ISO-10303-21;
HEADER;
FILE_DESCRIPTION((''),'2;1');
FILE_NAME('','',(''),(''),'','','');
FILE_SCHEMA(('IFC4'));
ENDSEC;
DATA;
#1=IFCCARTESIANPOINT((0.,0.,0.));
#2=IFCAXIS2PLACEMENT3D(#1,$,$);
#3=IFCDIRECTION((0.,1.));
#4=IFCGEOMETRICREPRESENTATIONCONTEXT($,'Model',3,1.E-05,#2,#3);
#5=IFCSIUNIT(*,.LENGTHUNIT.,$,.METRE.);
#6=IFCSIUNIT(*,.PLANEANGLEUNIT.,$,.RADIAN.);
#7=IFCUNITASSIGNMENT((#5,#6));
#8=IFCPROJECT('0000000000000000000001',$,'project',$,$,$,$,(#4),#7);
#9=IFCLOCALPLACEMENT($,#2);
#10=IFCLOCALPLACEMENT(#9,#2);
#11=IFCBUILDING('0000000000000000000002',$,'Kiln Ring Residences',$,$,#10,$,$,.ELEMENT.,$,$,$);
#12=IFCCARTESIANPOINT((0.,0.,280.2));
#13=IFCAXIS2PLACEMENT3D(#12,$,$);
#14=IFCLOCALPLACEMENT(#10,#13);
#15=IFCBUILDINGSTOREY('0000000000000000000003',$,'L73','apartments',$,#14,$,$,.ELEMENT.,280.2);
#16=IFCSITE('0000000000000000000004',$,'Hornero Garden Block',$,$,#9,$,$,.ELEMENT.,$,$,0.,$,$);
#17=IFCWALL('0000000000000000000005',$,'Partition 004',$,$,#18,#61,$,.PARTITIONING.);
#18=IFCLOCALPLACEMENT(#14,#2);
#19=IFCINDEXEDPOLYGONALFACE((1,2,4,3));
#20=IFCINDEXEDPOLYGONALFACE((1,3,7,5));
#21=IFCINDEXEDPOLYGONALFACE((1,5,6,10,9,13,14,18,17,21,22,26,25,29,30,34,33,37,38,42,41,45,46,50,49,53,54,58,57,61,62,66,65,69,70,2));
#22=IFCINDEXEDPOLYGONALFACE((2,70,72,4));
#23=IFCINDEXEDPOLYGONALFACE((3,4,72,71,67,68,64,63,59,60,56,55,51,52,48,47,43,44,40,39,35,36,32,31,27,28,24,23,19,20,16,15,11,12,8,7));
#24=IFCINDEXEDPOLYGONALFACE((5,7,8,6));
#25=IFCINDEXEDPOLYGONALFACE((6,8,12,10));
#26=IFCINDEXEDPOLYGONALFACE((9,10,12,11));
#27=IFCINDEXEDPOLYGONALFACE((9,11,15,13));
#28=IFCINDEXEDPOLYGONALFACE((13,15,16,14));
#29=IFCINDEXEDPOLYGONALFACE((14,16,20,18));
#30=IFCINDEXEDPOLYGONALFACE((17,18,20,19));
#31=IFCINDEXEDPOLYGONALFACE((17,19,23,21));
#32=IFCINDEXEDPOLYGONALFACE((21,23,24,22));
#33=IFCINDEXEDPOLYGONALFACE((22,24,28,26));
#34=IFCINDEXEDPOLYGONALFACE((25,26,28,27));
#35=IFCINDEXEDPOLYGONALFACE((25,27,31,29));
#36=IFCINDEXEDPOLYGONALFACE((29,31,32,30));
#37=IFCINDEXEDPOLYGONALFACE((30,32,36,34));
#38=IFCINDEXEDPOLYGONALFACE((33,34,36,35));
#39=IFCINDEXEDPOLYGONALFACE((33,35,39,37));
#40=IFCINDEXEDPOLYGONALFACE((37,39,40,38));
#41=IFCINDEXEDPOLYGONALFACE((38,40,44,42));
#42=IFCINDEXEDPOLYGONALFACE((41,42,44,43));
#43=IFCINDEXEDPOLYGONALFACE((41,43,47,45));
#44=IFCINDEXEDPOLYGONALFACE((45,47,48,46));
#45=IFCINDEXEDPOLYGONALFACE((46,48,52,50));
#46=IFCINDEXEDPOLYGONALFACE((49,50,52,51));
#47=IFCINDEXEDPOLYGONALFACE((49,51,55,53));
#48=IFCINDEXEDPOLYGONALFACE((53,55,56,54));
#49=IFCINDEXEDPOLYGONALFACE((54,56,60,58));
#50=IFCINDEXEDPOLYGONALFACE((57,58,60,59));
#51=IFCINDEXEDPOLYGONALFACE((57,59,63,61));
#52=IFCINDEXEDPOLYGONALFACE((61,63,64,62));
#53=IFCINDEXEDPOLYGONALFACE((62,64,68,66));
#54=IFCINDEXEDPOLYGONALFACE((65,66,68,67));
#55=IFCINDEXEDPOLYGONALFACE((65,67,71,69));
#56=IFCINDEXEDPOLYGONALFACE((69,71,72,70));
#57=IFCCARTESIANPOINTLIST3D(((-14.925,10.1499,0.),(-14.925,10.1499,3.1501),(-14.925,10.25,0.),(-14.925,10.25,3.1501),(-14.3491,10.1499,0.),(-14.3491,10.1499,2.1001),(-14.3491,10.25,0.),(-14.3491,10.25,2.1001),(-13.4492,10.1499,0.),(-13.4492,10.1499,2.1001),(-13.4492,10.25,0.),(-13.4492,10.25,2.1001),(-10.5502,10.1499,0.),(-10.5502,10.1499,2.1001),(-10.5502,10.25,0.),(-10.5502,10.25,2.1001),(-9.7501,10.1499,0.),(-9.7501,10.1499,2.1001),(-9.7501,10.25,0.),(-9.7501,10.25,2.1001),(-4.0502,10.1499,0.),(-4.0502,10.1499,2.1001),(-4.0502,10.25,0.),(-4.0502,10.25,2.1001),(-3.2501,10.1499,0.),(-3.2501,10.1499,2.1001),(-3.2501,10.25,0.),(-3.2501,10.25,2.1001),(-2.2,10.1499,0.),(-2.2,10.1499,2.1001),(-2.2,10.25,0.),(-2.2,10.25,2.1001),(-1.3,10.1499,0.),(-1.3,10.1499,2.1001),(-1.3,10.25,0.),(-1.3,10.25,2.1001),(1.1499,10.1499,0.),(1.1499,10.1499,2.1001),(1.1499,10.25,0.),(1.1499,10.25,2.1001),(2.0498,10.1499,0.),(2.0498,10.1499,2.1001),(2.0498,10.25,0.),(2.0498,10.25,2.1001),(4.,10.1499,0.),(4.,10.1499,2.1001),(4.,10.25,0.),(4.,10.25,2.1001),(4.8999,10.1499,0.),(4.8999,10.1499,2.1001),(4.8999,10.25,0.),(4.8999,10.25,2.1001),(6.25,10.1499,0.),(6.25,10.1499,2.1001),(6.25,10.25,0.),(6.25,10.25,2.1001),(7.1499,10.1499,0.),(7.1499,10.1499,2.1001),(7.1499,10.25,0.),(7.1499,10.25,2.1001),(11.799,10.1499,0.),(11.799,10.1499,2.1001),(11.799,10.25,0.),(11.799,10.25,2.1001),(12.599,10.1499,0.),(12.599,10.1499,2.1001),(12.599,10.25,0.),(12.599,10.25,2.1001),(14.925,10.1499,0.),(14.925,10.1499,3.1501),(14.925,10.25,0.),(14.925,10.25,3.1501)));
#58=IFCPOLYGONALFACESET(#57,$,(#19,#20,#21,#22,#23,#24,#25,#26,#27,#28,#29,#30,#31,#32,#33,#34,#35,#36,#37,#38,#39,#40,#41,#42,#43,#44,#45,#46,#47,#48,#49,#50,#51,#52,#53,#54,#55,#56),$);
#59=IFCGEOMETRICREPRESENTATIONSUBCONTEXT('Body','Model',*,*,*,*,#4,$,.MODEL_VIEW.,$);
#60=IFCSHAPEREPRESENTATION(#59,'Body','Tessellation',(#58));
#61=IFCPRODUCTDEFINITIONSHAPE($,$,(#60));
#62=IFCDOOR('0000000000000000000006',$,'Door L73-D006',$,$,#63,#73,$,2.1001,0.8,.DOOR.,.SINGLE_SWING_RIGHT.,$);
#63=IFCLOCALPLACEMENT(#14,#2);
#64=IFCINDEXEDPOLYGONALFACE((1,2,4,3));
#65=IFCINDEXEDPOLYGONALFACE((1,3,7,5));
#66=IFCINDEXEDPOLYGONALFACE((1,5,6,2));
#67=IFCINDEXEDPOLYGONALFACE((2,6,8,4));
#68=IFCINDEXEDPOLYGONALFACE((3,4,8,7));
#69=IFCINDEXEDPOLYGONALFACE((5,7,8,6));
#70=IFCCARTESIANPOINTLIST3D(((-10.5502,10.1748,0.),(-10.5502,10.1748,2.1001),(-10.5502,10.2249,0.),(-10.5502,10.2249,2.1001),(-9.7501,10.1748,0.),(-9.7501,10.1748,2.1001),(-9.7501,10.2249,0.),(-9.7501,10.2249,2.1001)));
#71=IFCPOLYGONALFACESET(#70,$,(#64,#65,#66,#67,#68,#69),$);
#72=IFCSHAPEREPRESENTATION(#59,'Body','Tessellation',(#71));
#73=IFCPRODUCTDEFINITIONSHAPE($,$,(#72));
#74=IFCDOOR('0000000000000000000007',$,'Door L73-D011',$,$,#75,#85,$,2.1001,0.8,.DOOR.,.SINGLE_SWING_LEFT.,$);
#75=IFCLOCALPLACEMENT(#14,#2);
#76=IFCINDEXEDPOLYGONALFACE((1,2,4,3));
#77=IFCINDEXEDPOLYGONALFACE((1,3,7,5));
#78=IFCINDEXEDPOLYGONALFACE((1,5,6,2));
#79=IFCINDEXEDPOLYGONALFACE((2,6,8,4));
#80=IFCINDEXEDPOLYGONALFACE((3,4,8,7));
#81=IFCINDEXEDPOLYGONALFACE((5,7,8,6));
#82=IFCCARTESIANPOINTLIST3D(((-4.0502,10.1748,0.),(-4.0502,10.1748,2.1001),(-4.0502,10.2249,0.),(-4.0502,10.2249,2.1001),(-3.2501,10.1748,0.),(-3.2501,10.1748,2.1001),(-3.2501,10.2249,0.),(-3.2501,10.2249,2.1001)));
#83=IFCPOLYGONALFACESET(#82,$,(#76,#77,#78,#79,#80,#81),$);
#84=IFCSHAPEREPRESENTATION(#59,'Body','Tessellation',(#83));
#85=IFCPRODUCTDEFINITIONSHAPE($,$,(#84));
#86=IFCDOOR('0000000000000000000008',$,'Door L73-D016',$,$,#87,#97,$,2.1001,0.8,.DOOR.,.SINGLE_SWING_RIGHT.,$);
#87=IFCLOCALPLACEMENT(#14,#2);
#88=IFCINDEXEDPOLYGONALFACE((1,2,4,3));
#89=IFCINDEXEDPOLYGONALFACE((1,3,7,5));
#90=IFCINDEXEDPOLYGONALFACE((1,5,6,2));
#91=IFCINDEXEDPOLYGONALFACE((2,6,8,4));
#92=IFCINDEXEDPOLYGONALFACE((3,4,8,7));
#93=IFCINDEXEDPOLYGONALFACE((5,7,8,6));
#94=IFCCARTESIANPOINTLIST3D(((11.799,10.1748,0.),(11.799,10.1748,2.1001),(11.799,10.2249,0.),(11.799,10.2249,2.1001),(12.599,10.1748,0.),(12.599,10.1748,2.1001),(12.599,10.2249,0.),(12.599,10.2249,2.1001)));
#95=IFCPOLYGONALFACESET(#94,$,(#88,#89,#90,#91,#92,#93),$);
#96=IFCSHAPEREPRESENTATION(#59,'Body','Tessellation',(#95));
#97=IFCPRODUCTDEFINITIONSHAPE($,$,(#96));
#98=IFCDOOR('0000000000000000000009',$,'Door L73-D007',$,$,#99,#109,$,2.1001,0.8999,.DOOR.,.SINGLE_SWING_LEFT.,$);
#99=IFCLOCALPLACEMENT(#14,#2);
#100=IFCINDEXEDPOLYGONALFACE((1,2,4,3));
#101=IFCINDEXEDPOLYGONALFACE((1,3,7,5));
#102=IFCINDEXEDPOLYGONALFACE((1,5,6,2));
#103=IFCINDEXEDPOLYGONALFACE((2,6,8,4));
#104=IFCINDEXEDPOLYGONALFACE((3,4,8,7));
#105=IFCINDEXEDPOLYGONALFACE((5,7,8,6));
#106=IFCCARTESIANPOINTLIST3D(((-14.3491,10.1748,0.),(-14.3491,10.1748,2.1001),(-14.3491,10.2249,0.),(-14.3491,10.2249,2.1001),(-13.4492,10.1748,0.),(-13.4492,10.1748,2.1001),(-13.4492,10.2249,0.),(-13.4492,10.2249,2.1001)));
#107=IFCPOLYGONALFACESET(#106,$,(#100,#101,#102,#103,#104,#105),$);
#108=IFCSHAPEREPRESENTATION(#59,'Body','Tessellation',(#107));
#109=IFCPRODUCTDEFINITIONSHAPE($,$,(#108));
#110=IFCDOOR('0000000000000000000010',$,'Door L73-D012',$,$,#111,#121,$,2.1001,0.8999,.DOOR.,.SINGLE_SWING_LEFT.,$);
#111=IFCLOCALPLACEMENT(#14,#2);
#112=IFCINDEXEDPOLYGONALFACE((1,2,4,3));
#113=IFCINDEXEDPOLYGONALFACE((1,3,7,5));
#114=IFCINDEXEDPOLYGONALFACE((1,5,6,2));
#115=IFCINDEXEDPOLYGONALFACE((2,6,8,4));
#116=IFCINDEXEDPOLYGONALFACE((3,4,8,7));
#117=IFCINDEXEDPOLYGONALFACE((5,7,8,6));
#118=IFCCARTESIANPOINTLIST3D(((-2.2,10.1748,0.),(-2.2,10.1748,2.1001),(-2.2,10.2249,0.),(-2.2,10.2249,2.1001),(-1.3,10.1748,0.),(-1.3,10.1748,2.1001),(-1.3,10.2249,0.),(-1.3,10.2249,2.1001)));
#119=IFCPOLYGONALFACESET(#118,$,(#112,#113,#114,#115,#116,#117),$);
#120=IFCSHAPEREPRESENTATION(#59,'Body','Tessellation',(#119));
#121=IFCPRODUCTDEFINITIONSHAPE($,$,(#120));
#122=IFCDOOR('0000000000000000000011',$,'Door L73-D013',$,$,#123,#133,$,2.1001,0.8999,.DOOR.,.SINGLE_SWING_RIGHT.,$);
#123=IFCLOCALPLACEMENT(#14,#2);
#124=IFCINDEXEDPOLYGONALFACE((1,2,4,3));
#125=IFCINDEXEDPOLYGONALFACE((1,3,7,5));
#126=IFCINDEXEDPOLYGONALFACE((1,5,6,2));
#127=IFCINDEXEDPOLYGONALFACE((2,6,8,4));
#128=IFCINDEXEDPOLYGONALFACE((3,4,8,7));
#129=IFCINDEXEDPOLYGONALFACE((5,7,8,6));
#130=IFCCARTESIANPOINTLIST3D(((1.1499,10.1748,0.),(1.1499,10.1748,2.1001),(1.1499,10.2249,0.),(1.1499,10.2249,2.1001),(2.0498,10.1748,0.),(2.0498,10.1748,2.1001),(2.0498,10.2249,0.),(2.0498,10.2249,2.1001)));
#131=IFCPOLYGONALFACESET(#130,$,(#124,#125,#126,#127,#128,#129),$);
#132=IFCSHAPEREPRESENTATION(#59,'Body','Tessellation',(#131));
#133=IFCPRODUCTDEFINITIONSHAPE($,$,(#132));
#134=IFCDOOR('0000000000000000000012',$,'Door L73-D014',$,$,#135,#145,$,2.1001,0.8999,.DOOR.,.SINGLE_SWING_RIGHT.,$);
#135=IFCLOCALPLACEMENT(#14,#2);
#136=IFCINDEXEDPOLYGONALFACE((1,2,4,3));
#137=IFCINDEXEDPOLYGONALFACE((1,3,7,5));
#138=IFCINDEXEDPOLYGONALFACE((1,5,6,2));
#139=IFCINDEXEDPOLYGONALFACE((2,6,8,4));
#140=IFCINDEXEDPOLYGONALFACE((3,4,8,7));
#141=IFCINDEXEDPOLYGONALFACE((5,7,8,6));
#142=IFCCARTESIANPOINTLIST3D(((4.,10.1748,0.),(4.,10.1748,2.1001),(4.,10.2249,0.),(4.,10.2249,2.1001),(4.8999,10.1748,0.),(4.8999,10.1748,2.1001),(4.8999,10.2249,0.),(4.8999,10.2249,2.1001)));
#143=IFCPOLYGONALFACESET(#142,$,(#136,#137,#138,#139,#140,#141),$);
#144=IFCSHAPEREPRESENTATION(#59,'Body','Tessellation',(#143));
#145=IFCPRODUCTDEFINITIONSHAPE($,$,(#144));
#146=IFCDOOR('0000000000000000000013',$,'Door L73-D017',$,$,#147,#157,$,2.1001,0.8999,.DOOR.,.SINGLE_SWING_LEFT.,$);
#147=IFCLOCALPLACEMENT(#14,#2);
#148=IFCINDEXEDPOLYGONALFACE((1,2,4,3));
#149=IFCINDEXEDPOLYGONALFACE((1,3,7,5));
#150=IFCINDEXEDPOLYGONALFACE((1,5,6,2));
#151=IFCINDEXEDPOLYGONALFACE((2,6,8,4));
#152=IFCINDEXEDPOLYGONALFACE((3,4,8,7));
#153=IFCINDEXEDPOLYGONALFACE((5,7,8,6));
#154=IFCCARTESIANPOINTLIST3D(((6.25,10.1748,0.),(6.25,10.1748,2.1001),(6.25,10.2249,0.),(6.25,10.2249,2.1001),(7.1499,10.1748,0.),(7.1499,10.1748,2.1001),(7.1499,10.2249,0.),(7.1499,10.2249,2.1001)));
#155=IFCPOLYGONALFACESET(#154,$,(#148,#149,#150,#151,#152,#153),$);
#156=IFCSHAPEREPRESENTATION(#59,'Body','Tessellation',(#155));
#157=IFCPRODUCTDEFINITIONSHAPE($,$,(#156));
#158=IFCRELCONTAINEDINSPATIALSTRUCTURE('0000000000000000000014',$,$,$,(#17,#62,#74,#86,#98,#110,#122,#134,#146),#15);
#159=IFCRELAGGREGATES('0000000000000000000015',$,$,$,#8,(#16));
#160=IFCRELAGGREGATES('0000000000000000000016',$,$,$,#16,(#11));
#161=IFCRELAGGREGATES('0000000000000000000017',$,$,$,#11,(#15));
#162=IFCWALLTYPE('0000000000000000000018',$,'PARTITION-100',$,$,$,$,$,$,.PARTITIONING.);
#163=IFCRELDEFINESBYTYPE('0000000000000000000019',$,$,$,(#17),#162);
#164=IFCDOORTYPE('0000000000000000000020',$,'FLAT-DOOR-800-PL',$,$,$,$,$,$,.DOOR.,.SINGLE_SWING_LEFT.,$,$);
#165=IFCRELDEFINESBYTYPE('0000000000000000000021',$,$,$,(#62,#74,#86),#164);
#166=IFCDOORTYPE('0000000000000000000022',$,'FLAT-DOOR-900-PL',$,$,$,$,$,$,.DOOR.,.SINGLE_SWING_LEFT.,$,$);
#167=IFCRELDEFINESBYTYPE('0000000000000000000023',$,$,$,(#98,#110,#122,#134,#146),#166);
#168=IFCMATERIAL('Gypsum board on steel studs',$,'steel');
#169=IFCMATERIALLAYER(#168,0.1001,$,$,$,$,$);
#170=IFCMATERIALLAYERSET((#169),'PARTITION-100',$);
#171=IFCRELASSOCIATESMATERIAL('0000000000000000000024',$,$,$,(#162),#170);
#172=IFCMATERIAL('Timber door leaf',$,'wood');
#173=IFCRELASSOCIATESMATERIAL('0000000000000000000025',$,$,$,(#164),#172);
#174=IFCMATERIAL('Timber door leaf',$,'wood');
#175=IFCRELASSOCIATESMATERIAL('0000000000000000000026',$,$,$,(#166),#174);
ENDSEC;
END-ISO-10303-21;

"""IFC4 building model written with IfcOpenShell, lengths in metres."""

from ifc_helpers import new_model, si_unit, direction, frame, frame_2d, origin, place, context, subcontext, project, spatial, rectangle, extrude, material, layer, layer_set, type_object, element, fill, save


model = new_model("IFC4")

# Units and contexts
model_context = context("Model", 3, precision=1e-05, world=origin(), true_north=direction((0.0, 1.0)))
body_context = subcontext(model_context, "Body", "Model", "MODEL_VIEW")
ifc_project = project(units=[si_unit("LENGTHUNIT", "METRE"), si_unit("PLANEANGLEUNIT", "RADIAN")], contexts=[model_context])

# Site, building, storey
site_placement = place(None, origin())
site = spatial("IfcSite", under=ifc_project, at=site_placement, Name="Hornero Garden Block", CompositionType="ELEMENT", RefElevation=0.0)
building_placement = place(site_placement, origin())
building = spatial("IfcBuilding", under=site, at=building_placement, Name="Kiln Ring Residences", CompositionType="ELEMENT")
storey_placement = place(building_placement, frame((0.0, 0.0, 280.2)))
storey = spatial("IfcBuildingStorey", under=building, at=storey_placement, Name="L73", Description="apartments", CompositionType="ELEMENT", Elevation=280.2)

# Wall, openings, doors
ifc_material_1 = material(Name="Gypsum board on steel studs", Category="steel")
ifc_layer_1 = layer(ifc_material_1, 0.1001)
ifc_layer_set_1 = layer_set([ifc_layer_1], Name="PARTITION-100")
wall_type_1 = type_object("IfcWallType", Name="PARTITION-100", PredefinedType="PARTITIONING", material=ifc_layer_set_1)
wall_1_placement = place(storey_placement, frame((-14.925, 10.2, 0.0), z_axis=(0.0, 0.0, 1.0), x_axis=(1.0, 0.0, 0.0)))
wall_1 = element("IfcWall", 1, at=wall_1_placement, inside=storey, type_object=wall_type_1, Name="Partition 004", PredefinedType="PARTITIONING", context=body_context, shape_type="SweptSolid", body=[
    extrude(rectangle(XDim=29.8501, YDim=0.1001, at=frame_2d((14.925, 0.0))), origin(), (0.0, 0.0, 1.0), 3.1501),
])
opening_1_placement = place(wall_1_placement, frame((4.375, 0.0, 0.0)))
opening_1 = element("IfcOpeningElement", 2, at=opening_1_placement, cuts=wall_1, PredefinedType="OPENING", context=body_context, shape_type="SweptSolid", body=[
    extrude(rectangle(XDim=0.8, YDim=2.1001, at=frame_2d((0.3999, 1.05))), frame((0.0, 0.0601, 0.0), z_axis=(0.0, -1.0, 0.0), x_axis=(1.0, 0.0, 0.0)), (0.0, 0.0, 1.0), 0.1201),
])
opening_2_placement = place(wall_1_placement, frame((0.5759, 0.0, 0.0)))
opening_2 = element("IfcOpeningElement", 3, at=opening_2_placement, cuts=wall_1, PredefinedType="OPENING", context=body_context, shape_type="SweptSolid", body=[
    extrude(rectangle(XDim=0.8999, YDim=2.1001, at=frame_2d((0.45, 1.05))), frame((0.0, 0.0601, 0.0), z_axis=(0.0, -1.0, 0.0), x_axis=(1.0, 0.0, 0.0)), (0.0, 0.0, 1.0), 0.1201),
])
opening_3_placement = place(wall_1_placement, frame((10.875, 0.0, 0.0)))
opening_3 = element("IfcOpeningElement", 4, at=opening_3_placement, cuts=wall_1, PredefinedType="OPENING", context=body_context, shape_type="SweptSolid", body=[
    extrude(rectangle(XDim=0.8, YDim=2.1001, at=frame_2d((0.3999, 1.05))), frame((0.0, 0.0601, 0.0), z_axis=(0.0, -1.0, 0.0), x_axis=(1.0, 0.0, 0.0)), (0.0, 0.0, 1.0), 0.1201),
])
opening_4_placement = place(wall_1_placement, frame((12.7251, 0.0, 0.0)))
opening_4 = element("IfcOpeningElement", 5, at=opening_4_placement, cuts=wall_1, PredefinedType="OPENING", context=body_context, shape_type="SweptSolid", body=[
    extrude(rectangle(XDim=0.8999, YDim=2.1001, at=frame_2d((0.45, 1.05))), frame((0.0, 0.0601, 0.0), z_axis=(0.0, -1.0, 0.0), x_axis=(1.0, 0.0, 0.0)), (0.0, 0.0, 1.0), 0.1201),
])
opening_5_placement = place(wall_1_placement, frame((16.075, 0.0, 0.0)))
opening_5 = element("IfcOpeningElement", 6, at=opening_5_placement, cuts=wall_1, PredefinedType="OPENING", context=body_context, shape_type="SweptSolid", body=[
    extrude(rectangle(XDim=0.8999, YDim=2.1001, at=frame_2d((0.45, 1.05))), frame((0.0, 0.0601, 0.0), z_axis=(0.0, -1.0, 0.0), x_axis=(1.0, 0.0, 0.0)), (0.0, 0.0, 1.0), 0.1201),
])
opening_6_placement = place(wall_1_placement, frame((18.925, 0.0, 0.0)))
opening_6 = element("IfcOpeningElement", 7, at=opening_6_placement, cuts=wall_1, PredefinedType="OPENING", context=body_context, shape_type="SweptSolid", body=[
    extrude(rectangle(XDim=0.8999, YDim=2.1001, at=frame_2d((0.45, 1.05))), frame((0.0, 0.0601, 0.0), z_axis=(0.0, -1.0, 0.0), x_axis=(1.0, 0.0, 0.0)), (0.0, 0.0, 1.0), 0.1201),
])
opening_7_placement = place(wall_1_placement, frame((26.7241, 0.0, 0.0)))
opening_7 = element("IfcOpeningElement", 8, at=opening_7_placement, cuts=wall_1, PredefinedType="OPENING", context=body_context, shape_type="SweptSolid", body=[
    extrude(rectangle(XDim=0.8, YDim=2.1001, at=frame_2d((0.3999, 1.05))), frame((0.0, 0.0601, 0.0), z_axis=(0.0, -1.0, 0.0), x_axis=(1.0, 0.0, 0.0)), (0.0, 0.0, 1.0), 0.1201),
])
opening_8_placement = place(wall_1_placement, frame((21.175, 0.0, 0.0)))
opening_8 = element("IfcOpeningElement", 9, at=opening_8_placement, cuts=wall_1, PredefinedType="OPENING", context=body_context, shape_type="SweptSolid", body=[
    extrude(rectangle(XDim=0.8999, YDim=2.1001, at=frame_2d((0.45, 1.05))), frame((0.0, 0.0601, 0.0), z_axis=(0.0, -1.0, 0.0), x_axis=(1.0, 0.0, 0.0)), (0.0, 0.0, 1.0), 0.1201),
])
ifc_material_2 = material(Name="Timber door leaf", Category="wood")
door_type_1 = type_object("IfcDoorType", Name="FLAT-DOOR-800-PL", OperationType="SINGLE_SWING_LEFT", PredefinedType="DOOR", material=ifc_material_2)
door_1_placement = place(opening_1_placement, origin())
door_1 = element("IfcDoor", 10, at=door_1_placement, inside=storey, type_object=door_type_1, Name="Door L73-D006", OperationType="SINGLE_SWING_RIGHT", OverallHeight=2.1001, OverallWidth=0.8, PredefinedType="DOOR", context=body_context, shape_type="SweptSolid", body=[
    extrude(rectangle(XDim=0.8, YDim=2.1001, at=frame_2d((0.3999, 1.05))), frame((0.0, 0.0249, 0.0), z_axis=(0.0, -1.0, 0.0), x_axis=(1.0, 0.0, 0.0)), (0.0, 0.0, 1.0), 0.05),
])
fill(opening_1, door_1)
door_2_placement = place(opening_3_placement, origin())
door_2 = element("IfcDoor", 11, at=door_2_placement, inside=storey, type_object=door_type_1, Name="Door L73-D011", OperationType="SINGLE_SWING_LEFT", OverallHeight=2.1001, OverallWidth=0.8, PredefinedType="DOOR", context=body_context, shape_type="SweptSolid", body=[
    extrude(rectangle(XDim=0.8, YDim=2.1001, at=frame_2d((0.3999, 1.05))), frame((0.0, 0.0249, 0.0), z_axis=(0.0, -1.0, 0.0), x_axis=(1.0, 0.0, 0.0)), (0.0, 0.0, 1.0), 0.05),
])
fill(opening_3, door_2)
door_3_placement = place(opening_7_placement, origin())
door_3 = element("IfcDoor", 12, at=door_3_placement, inside=storey, type_object=door_type_1, Name="Door L73-D016", OperationType="SINGLE_SWING_RIGHT", OverallHeight=2.1001, OverallWidth=0.8, PredefinedType="DOOR", context=body_context, shape_type="SweptSolid", body=[
    extrude(rectangle(XDim=0.8, YDim=2.1001, at=frame_2d((0.3999, 1.05))), frame((0.0, 0.0249, 0.0), z_axis=(0.0, -1.0, 0.0), x_axis=(1.0, 0.0, 0.0)), (0.0, 0.0, 1.0), 0.05),
])
fill(opening_7, door_3)
ifc_material_3 = material(Name="Timber door leaf", Category="wood")
door_type_2 = type_object("IfcDoorType", Name="FLAT-DOOR-900-PL", OperationType="SINGLE_SWING_LEFT", PredefinedType="DOOR", material=ifc_material_3)
door_4_placement = place(opening_2_placement, origin())
door_4 = element("IfcDoor", 13, at=door_4_placement, inside=storey, type_object=door_type_2, Name="Door L73-D007", OperationType="SINGLE_SWING_LEFT", OverallHeight=2.1001, OverallWidth=0.8999, PredefinedType="DOOR", context=body_context, shape_type="SweptSolid", body=[
    extrude(rectangle(XDim=0.8999, YDim=2.1001, at=frame_2d((0.45, 1.05))), frame((0.0, 0.0249, 0.0), z_axis=(0.0, -1.0, 0.0), x_axis=(1.0, 0.0, 0.0)), (0.0, 0.0, 1.0), 0.05),
])
fill(opening_2, door_4)
door_5_placement = place(opening_4_placement, origin())
door_5 = element("IfcDoor", 14, at=door_5_placement, inside=storey, type_object=door_type_2, Name="Door L73-D012", OperationType="SINGLE_SWING_LEFT", OverallHeight=2.1001, OverallWidth=0.8999, PredefinedType="DOOR", context=body_context, shape_type="SweptSolid", body=[
    extrude(rectangle(XDim=0.8999, YDim=2.1001, at=frame_2d((0.45, 1.05))), frame((0.0, 0.0249, 0.0), z_axis=(0.0, -1.0, 0.0), x_axis=(1.0, 0.0, 0.0)), (0.0, 0.0, 1.0), 0.05),
])
fill(opening_4, door_5)
door_6_placement = place(opening_5_placement, origin())
door_6 = element("IfcDoor", 15, at=door_6_placement, inside=storey, type_object=door_type_2, Name="Door L73-D013", OperationType="SINGLE_SWING_RIGHT", OverallHeight=2.1001, OverallWidth=0.8999, PredefinedType="DOOR", context=body_context, shape_type="SweptSolid", body=[
    extrude(rectangle(XDim=0.8999, YDim=2.1001, at=frame_2d((0.45, 1.05))), frame((0.0, 0.0249, 0.0), z_axis=(0.0, -1.0, 0.0), x_axis=(1.0, 0.0, 0.0)), (0.0, 0.0, 1.0), 0.05),
])
fill(opening_5, door_6)
door_7_placement = place(opening_6_placement, origin())
door_7 = element("IfcDoor", 16, at=door_7_placement, inside=storey, type_object=door_type_2, Name="Door L73-D014", OperationType="SINGLE_SWING_RIGHT", OverallHeight=2.1001, OverallWidth=0.8999, PredefinedType="DOOR", context=body_context, shape_type="SweptSolid", body=[
    extrude(rectangle(XDim=0.8999, YDim=2.1001, at=frame_2d((0.45, 1.05))), frame((0.0, 0.0249, 0.0), z_axis=(0.0, -1.0, 0.0), x_axis=(1.0, 0.0, 0.0)), (0.0, 0.0, 1.0), 0.05),
])
fill(opening_6, door_7)
door_8_placement = place(opening_8_placement, origin())
door_8 = element("IfcDoor", 17, at=door_8_placement, inside=storey, type_object=door_type_2, Name="Door L73-D017", OperationType="SINGLE_SWING_LEFT", OverallHeight=2.1001, OverallWidth=0.8999, PredefinedType="DOOR", context=body_context, shape_type="SweptSolid", body=[
    extrude(rectangle(XDim=0.8999, YDim=2.1001, at=frame_2d((0.45, 1.05))), frame((0.0, 0.0249, 0.0), z_axis=(0.0, -1.0, 0.0), x_axis=(1.0, 0.0, 0.0)), (0.0, 0.0, 1.0), 0.05),
])
fill(opening_8, door_8)

save(model, "model.ifc")
